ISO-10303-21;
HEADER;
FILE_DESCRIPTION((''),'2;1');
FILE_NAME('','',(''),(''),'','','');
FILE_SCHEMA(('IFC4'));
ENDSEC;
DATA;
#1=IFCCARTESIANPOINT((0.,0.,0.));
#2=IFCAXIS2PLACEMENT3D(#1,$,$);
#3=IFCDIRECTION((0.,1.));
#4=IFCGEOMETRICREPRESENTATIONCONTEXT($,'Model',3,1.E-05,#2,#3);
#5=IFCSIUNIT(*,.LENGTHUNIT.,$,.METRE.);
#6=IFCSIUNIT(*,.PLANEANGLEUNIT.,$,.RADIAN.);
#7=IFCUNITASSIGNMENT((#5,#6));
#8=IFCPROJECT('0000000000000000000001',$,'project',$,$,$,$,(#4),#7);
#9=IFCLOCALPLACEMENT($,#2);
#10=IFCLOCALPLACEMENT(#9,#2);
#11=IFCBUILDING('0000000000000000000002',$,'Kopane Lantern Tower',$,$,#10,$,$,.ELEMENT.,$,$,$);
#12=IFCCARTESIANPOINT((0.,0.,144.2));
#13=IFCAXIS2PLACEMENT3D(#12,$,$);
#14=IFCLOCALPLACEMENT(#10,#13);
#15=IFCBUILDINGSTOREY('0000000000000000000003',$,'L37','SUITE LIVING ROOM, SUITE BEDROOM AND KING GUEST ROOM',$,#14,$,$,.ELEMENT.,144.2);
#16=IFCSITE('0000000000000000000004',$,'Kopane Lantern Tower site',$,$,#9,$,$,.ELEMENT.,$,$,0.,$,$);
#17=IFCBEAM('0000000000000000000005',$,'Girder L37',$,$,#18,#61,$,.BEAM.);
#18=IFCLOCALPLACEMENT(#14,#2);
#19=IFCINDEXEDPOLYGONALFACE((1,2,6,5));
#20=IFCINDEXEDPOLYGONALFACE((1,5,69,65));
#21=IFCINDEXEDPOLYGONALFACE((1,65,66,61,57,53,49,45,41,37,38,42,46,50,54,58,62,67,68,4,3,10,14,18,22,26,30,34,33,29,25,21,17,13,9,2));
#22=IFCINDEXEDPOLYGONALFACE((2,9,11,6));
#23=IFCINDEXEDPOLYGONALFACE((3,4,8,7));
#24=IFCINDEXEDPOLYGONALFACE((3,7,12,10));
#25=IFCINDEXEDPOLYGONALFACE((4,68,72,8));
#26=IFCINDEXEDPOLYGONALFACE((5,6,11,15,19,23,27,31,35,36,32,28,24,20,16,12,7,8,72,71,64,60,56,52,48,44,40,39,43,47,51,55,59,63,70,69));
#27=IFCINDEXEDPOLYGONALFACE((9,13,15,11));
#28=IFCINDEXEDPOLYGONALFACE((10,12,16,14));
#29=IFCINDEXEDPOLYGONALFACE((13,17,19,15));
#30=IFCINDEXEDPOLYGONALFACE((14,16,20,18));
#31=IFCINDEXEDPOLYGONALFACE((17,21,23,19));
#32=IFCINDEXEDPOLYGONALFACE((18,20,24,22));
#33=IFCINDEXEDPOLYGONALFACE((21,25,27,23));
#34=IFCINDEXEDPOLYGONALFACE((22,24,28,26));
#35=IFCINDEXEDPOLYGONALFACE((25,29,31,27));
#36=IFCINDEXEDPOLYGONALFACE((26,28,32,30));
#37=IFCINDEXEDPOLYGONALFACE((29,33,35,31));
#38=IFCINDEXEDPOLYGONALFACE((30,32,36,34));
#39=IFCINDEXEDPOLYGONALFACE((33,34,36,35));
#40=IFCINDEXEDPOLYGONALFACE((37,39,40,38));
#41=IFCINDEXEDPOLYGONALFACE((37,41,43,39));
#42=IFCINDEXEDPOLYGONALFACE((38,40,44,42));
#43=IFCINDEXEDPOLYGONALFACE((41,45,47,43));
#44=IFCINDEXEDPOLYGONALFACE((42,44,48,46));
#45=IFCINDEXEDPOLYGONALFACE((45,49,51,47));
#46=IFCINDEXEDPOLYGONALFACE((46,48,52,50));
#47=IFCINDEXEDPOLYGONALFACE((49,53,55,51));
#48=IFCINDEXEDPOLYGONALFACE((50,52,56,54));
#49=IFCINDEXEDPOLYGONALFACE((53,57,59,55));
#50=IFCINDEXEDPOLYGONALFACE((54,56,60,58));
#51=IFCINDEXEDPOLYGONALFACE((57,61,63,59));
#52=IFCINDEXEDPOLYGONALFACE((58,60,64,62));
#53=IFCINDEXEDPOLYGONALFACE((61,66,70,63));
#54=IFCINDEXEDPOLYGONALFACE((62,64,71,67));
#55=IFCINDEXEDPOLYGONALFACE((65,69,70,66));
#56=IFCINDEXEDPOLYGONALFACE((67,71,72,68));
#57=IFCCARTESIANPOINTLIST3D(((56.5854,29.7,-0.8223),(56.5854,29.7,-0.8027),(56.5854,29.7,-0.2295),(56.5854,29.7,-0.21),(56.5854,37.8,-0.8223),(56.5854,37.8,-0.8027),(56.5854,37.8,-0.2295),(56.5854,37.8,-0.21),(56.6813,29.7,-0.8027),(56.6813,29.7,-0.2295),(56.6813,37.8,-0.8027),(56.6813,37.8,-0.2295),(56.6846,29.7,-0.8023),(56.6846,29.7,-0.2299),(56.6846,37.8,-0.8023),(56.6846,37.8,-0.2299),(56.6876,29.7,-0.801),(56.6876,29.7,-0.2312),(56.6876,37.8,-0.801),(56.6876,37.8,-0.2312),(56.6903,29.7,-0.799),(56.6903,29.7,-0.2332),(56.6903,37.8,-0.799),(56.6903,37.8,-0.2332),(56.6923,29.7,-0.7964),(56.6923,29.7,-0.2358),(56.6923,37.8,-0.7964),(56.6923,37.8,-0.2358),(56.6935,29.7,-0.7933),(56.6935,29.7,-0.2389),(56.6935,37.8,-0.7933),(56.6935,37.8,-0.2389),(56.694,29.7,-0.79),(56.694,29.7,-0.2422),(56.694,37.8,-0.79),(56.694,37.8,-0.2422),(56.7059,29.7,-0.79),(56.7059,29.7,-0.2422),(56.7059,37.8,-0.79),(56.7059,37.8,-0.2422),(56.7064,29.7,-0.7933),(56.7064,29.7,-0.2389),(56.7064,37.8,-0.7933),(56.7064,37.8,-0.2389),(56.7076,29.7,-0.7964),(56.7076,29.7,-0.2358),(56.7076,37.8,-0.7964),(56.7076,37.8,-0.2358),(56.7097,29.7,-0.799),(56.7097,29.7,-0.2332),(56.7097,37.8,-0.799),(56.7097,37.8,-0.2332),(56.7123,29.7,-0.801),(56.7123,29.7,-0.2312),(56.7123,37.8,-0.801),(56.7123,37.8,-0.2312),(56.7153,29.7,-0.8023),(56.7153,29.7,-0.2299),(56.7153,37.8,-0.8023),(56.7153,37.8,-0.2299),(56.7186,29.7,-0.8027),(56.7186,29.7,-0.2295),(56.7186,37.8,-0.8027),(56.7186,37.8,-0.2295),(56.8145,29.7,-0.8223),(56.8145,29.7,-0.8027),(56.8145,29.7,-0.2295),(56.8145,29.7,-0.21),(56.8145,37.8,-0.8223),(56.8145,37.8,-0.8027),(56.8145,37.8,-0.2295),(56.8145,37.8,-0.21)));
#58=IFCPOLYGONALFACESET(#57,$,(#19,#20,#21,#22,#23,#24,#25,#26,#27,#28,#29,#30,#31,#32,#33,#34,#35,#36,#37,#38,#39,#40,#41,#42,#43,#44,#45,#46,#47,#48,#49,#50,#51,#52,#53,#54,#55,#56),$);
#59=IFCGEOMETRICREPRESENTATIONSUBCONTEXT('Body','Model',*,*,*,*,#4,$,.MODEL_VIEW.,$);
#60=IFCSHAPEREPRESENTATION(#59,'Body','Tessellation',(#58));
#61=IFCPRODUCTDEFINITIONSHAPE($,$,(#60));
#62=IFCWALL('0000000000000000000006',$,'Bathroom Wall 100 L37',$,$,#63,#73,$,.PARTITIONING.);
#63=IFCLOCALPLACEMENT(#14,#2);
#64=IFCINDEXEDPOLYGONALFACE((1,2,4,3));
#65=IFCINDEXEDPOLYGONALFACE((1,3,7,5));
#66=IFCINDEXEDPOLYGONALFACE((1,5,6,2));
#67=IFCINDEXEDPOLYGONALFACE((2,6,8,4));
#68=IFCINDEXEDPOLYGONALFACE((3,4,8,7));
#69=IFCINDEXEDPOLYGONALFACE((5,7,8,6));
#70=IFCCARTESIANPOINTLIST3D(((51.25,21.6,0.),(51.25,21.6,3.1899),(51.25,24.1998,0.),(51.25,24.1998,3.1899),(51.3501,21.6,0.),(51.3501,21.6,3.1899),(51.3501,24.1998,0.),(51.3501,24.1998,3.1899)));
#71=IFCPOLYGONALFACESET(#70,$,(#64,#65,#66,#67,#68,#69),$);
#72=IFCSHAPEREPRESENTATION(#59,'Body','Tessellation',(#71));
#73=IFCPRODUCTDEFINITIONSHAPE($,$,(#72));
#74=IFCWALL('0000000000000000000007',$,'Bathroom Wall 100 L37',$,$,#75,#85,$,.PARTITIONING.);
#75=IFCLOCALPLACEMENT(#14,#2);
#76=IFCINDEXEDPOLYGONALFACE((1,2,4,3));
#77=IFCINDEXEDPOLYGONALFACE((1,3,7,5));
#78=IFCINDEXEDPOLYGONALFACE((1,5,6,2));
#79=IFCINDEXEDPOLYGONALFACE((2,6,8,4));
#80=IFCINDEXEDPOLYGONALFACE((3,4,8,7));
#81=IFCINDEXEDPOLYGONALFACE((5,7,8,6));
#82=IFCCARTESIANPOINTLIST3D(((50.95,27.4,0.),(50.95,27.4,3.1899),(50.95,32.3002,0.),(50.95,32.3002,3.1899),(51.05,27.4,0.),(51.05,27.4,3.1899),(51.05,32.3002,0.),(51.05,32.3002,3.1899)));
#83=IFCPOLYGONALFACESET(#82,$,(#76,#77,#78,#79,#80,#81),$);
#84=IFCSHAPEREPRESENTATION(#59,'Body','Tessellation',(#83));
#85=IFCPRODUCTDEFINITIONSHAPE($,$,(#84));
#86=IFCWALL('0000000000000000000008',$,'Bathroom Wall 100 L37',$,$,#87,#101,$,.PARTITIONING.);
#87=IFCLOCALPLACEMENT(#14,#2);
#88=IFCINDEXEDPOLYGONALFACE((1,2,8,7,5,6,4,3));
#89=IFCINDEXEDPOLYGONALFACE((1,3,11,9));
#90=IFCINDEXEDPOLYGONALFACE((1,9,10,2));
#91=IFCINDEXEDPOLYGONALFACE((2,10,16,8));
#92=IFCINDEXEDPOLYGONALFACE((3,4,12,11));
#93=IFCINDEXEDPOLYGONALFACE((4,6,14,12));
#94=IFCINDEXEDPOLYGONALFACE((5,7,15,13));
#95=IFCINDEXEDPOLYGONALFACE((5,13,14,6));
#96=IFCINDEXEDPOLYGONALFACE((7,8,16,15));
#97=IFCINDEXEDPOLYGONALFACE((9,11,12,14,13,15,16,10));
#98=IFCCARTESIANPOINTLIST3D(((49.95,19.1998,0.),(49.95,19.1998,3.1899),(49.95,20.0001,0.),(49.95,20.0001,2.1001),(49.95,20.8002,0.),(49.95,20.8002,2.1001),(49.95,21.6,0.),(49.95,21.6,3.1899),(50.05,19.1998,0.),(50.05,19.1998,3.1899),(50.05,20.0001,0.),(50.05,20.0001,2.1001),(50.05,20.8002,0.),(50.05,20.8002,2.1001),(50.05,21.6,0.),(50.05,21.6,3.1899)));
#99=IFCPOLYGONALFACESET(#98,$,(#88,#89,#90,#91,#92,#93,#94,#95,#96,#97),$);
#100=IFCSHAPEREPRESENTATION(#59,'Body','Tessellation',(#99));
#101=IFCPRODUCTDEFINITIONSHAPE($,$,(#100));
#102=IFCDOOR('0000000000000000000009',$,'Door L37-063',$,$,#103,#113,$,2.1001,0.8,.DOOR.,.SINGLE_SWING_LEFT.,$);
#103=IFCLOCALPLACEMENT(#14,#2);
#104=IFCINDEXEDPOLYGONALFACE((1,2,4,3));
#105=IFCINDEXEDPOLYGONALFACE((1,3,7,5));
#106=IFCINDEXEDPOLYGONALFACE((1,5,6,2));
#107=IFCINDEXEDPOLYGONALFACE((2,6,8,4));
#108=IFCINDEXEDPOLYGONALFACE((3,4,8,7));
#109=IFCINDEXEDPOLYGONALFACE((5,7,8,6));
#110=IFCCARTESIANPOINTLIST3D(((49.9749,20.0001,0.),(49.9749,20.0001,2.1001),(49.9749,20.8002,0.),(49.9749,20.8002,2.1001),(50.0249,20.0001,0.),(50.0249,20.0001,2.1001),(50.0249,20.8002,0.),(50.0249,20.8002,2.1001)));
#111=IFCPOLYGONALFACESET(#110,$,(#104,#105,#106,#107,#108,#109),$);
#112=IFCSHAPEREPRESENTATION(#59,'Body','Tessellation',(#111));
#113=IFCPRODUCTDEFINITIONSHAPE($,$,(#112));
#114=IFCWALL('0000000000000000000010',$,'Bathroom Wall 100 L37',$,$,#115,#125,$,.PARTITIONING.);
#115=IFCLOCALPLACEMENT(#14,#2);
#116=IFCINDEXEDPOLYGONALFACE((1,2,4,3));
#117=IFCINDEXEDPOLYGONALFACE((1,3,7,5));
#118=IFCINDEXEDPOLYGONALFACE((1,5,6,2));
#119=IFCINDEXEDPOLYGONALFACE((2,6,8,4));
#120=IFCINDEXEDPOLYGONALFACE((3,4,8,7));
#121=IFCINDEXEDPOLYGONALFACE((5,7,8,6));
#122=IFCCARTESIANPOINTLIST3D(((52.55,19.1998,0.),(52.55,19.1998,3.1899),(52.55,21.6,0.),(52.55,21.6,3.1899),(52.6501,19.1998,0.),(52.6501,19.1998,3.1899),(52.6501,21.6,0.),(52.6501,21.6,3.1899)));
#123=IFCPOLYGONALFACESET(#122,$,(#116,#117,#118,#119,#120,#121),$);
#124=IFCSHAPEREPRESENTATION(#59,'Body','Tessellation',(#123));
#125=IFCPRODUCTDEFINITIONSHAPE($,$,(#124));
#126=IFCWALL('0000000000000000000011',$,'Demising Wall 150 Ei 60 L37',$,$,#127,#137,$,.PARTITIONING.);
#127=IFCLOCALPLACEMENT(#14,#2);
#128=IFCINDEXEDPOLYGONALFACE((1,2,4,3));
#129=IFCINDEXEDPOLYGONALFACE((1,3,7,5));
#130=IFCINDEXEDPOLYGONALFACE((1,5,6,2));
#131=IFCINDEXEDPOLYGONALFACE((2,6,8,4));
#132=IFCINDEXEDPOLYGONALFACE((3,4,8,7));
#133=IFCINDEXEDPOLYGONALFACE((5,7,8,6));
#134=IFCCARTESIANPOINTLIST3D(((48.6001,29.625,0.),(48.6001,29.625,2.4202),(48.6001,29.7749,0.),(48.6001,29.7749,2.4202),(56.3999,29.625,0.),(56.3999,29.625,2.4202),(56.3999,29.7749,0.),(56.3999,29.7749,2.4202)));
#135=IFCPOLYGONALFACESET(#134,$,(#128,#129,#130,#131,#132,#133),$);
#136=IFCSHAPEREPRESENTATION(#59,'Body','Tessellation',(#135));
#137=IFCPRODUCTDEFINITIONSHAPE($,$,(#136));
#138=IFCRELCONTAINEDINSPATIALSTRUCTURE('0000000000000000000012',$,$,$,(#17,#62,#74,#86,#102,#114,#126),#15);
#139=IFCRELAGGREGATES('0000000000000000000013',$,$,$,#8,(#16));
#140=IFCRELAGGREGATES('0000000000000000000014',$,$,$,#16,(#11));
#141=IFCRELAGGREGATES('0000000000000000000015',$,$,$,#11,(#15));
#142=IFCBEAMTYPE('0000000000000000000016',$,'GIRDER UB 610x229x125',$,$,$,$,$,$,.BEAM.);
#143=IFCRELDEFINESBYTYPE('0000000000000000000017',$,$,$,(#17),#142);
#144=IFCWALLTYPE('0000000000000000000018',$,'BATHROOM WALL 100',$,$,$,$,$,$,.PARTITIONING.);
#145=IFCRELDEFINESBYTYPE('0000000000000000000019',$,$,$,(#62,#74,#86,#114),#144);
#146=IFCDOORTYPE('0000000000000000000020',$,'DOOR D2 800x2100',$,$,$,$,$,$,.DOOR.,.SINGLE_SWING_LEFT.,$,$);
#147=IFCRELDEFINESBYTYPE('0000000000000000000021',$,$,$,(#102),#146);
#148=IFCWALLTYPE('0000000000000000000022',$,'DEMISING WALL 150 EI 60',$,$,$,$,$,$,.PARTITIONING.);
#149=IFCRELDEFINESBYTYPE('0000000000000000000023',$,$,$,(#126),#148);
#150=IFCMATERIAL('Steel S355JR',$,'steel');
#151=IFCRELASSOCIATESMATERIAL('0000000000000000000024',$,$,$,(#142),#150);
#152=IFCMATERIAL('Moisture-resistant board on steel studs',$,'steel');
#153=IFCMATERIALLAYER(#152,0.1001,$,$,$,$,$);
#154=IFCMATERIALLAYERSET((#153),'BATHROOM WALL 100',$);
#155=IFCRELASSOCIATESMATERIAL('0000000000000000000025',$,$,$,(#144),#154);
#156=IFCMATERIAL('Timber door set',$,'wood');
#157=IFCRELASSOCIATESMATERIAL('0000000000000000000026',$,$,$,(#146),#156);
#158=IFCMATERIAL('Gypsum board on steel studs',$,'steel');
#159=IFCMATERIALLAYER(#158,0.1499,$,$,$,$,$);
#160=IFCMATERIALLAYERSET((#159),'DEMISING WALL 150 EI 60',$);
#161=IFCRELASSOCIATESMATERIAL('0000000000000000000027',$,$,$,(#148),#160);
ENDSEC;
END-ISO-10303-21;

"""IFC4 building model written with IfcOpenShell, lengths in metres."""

from ifc_helpers import new_model, si_unit, direction, frame, frame_2d, origin, origin_2d, place, context, subcontext, project, spatial, rectangle, i_section, extrude, material, layer, layer_set, material_profile, profile_set, type_object, element, fill, save


model = new_model("IFC4")

# Units and contexts
model_context = context("Model", 3, precision=1e-05, world=origin(), true_north=direction((0.0, 1.0)))
body_context = subcontext(model_context, "Body", "Model", "MODEL_VIEW")
ifc_project = project(units=[si_unit("LENGTHUNIT", "METRE"), si_unit("PLANEANGLEUNIT", "RADIAN")], contexts=[model_context])

# Site, building, storey
site_placement = place(None, origin())
site = spatial("IfcSite", under=ifc_project, at=site_placement, Name="Kopane Lantern Tower site", CompositionType="ELEMENT", RefElevation=0.0)
building_placement = place(site_placement, origin())
building = spatial("IfcBuilding", under=site, at=building_placement, Name="Kopane Lantern Tower", CompositionType="ELEMENT")
storey_placement = place(building_placement, frame((0.0, 0.0, 144.2)))
storey = spatial("IfcBuildingStorey", under=building, at=storey_placement, Name="L37", Description="SUITE LIVING ROOM, SUITE BEDROOM AND KING GUEST ROOM", CompositionType="ELEMENT", Elevation=144.2)

# Beam
ifc_material_1 = material(Name="Steel S355JR", Category="steel")
ifc_material_profile_1 = material_profile(ifc_material_1, i_section(OverallWidth=0.229, OverallDepth=0.6123, WebThickness=0.012, FlangeThickness=0.0195, FilletRadius=0.0127, at=origin_2d()), Name="UB 610x229x125")
ifc_profile_set_1 = profile_set([ifc_material_profile_1], Name="Steel S355JR")
beam_type = type_object("IfcBeamType", Name="GIRDER UB 610x229x125", PredefinedType="BEAM", material=ifc_profile_set_1)
beam_1_placement = place(storey_placement, frame((56.7, 29.7, -0.5161), z_axis=(0.0, 1.0, 0.0), x_axis=(-1.0, 0.0, 0.0)))
element("IfcBeam", 1, at=beam_1_placement, inside=storey, type_object=beam_type, Name="Girder L37", PredefinedType="BEAM", context=body_context, shape_type="SweptSolid", body=[
    extrude(i_section(OverallWidth=0.229, OverallDepth=0.6123, WebThickness=0.012, FlangeThickness=0.0195, FilletRadius=0.0127, at=origin_2d()), origin(), (0.0, 0.0, 1.0), 8.1001),
])

# Walls
ifc_material_2 = material(Name="Moisture-resistant board on steel studs", Category="steel")
ifc_layer_1 = layer(ifc_material_2, 0.1001)
ifc_layer_set_1 = layer_set([ifc_layer_1], Name="BATHROOM WALL 100")
wall_type_1 = type_object("IfcWallType", Name="BATHROOM WALL 100", PredefinedType="PARTITIONING", material=ifc_layer_set_1)
wall_1_placement = place(storey_placement, frame((51.3, 21.6001, 0.0), z_axis=(0.0, 0.0, 1.0), x_axis=(0.0, 1.0, 0.0)))
element("IfcWall", 2, at=wall_1_placement, inside=storey, type_object=wall_type_1, Name="Bathroom Wall 100 L37", PredefinedType="PARTITIONING", context=body_context, shape_type="SweptSolid", body=[
    extrude(rectangle(XDim=2.5999, YDim=0.1001, at=frame_2d((1.2998, 0.0))), origin(), (0.0, 0.0, 1.0), 3.1899),
])
wall_2_placement = place(storey_placement, frame((51.0, 27.3999, 0.0), z_axis=(0.0, 0.0, 1.0), x_axis=(0.0, 1.0, 0.0)))
element("IfcWall", 3, at=wall_2_placement, inside=storey, type_object=wall_type_1, Name="Bathroom Wall 100 L37", PredefinedType="PARTITIONING", context=body_context, shape_type="SweptSolid", body=[
    extrude(rectangle(XDim=4.9001, YDim=0.1001, at=frame_2d((2.4502, 0.0))), origin(), (0.0, 0.0, 1.0), 3.1899),
])

# Wall, opening, door
wall_3_placement = place(storey_placement, frame((50.0, 21.6001, 0.0), z_axis=(0.0, 0.0, 1.0), x_axis=(0.0, -1.0, 0.0)))
wall_3 = element("IfcWall", 4, at=wall_3_placement, inside=storey, type_object=wall_type_1, Name="Bathroom Wall 100 L37", PredefinedType="PARTITIONING", context=body_context, shape_type="SweptSolid", body=[
    extrude(rectangle(XDim=2.4001, YDim=0.1001, at=frame_2d((1.2002, 0.0))), origin(), (0.0, 0.0, 1.0), 3.1899),
])
opening_placement = place(wall_3_placement, frame((0.8, 0.0, 0.0)))
opening = element("IfcOpeningElement", 5, at=opening_placement, cuts=wall_3, PredefinedType="OPENING", context=body_context, shape_type="SweptSolid", body=[
    extrude(rectangle(XDim=0.8, YDim=2.1001, at=frame_2d((0.3999, 1.05))), frame((0.0, 0.0601, 0.0), z_axis=(0.0, -1.0, 0.0), x_axis=(1.0, 0.0, 0.0)), (0.0, 0.0, 1.0), 0.1201),
])
ifc_material_3 = material(Name="Timber door set", Category="wood")
door_type = type_object("IfcDoorType", Name="DOOR D2 800x2100", OperationType="SINGLE_SWING_LEFT", PredefinedType="DOOR", material=ifc_material_3)
door_placement = place(opening_placement, origin())
door = element("IfcDoor", 6, at=door_placement, inside=storey, type_object=door_type, Name="Door L37-063", OperationType="SINGLE_SWING_LEFT", OverallHeight=2.1001, OverallWidth=0.8, PredefinedType="DOOR", context=body_context, shape_type="SweptSolid", body=[
    extrude(rectangle(XDim=0.8, YDim=2.1001, at=frame_2d((0.3999, 1.05))), frame((0.0, 0.0249, 0.0), z_axis=(0.0, -1.0, 0.0), x_axis=(1.0, 0.0, 0.0)), (0.0, 0.0, 1.0), 0.05),
])
fill(opening, door)

# Walls
wall_4_placement = place(storey_placement, frame((52.6001, 21.6001, 0.0), z_axis=(0.0, 0.0, 1.0), x_axis=(0.0, -1.0, 0.0)))
element("IfcWall", 7, at=wall_4_placement, inside=storey, type_object=wall_type_1, Name="Bathroom Wall 100 L37", PredefinedType="PARTITIONING", context=body_context, shape_type="SweptSolid", body=[
    extrude(rectangle(XDim=2.4001, YDim=0.1001, at=frame_2d((1.2002, 0.0))), origin(), (0.0, 0.0, 1.0), 3.1899),
])
ifc_material_4 = material(Name="Gypsum board on steel studs", Category="steel")
ifc_layer_2 = layer(ifc_material_4, 0.1499)
ifc_layer_set_2 = layer_set([ifc_layer_2], Name="DEMISING WALL 150 EI 60")
wall_type_2 = type_object("IfcWallType", Name="DEMISING WALL 150 EI 60", PredefinedType="PARTITIONING", material=ifc_layer_set_2)
wall_5_placement = place(storey_placement, frame((48.6001, 29.7, 0.0), z_axis=(0.0, 0.0, 1.0), x_axis=(1.0, 0.0, 0.0)))
element("IfcWall", 8, at=wall_5_placement, inside=storey, type_object=wall_type_2, Name="Demising Wall 150 Ei 60 L37", PredefinedType="PARTITIONING", context=body_context, shape_type="SweptSolid", body=[
    extrude(rectangle(XDim=7.7998, YDim=0.1499, at=frame_2d((3.8999, 0.0))), origin(), (0.0, 0.0, 1.0), 2.4202),
])

save(model, "model.ifc")
